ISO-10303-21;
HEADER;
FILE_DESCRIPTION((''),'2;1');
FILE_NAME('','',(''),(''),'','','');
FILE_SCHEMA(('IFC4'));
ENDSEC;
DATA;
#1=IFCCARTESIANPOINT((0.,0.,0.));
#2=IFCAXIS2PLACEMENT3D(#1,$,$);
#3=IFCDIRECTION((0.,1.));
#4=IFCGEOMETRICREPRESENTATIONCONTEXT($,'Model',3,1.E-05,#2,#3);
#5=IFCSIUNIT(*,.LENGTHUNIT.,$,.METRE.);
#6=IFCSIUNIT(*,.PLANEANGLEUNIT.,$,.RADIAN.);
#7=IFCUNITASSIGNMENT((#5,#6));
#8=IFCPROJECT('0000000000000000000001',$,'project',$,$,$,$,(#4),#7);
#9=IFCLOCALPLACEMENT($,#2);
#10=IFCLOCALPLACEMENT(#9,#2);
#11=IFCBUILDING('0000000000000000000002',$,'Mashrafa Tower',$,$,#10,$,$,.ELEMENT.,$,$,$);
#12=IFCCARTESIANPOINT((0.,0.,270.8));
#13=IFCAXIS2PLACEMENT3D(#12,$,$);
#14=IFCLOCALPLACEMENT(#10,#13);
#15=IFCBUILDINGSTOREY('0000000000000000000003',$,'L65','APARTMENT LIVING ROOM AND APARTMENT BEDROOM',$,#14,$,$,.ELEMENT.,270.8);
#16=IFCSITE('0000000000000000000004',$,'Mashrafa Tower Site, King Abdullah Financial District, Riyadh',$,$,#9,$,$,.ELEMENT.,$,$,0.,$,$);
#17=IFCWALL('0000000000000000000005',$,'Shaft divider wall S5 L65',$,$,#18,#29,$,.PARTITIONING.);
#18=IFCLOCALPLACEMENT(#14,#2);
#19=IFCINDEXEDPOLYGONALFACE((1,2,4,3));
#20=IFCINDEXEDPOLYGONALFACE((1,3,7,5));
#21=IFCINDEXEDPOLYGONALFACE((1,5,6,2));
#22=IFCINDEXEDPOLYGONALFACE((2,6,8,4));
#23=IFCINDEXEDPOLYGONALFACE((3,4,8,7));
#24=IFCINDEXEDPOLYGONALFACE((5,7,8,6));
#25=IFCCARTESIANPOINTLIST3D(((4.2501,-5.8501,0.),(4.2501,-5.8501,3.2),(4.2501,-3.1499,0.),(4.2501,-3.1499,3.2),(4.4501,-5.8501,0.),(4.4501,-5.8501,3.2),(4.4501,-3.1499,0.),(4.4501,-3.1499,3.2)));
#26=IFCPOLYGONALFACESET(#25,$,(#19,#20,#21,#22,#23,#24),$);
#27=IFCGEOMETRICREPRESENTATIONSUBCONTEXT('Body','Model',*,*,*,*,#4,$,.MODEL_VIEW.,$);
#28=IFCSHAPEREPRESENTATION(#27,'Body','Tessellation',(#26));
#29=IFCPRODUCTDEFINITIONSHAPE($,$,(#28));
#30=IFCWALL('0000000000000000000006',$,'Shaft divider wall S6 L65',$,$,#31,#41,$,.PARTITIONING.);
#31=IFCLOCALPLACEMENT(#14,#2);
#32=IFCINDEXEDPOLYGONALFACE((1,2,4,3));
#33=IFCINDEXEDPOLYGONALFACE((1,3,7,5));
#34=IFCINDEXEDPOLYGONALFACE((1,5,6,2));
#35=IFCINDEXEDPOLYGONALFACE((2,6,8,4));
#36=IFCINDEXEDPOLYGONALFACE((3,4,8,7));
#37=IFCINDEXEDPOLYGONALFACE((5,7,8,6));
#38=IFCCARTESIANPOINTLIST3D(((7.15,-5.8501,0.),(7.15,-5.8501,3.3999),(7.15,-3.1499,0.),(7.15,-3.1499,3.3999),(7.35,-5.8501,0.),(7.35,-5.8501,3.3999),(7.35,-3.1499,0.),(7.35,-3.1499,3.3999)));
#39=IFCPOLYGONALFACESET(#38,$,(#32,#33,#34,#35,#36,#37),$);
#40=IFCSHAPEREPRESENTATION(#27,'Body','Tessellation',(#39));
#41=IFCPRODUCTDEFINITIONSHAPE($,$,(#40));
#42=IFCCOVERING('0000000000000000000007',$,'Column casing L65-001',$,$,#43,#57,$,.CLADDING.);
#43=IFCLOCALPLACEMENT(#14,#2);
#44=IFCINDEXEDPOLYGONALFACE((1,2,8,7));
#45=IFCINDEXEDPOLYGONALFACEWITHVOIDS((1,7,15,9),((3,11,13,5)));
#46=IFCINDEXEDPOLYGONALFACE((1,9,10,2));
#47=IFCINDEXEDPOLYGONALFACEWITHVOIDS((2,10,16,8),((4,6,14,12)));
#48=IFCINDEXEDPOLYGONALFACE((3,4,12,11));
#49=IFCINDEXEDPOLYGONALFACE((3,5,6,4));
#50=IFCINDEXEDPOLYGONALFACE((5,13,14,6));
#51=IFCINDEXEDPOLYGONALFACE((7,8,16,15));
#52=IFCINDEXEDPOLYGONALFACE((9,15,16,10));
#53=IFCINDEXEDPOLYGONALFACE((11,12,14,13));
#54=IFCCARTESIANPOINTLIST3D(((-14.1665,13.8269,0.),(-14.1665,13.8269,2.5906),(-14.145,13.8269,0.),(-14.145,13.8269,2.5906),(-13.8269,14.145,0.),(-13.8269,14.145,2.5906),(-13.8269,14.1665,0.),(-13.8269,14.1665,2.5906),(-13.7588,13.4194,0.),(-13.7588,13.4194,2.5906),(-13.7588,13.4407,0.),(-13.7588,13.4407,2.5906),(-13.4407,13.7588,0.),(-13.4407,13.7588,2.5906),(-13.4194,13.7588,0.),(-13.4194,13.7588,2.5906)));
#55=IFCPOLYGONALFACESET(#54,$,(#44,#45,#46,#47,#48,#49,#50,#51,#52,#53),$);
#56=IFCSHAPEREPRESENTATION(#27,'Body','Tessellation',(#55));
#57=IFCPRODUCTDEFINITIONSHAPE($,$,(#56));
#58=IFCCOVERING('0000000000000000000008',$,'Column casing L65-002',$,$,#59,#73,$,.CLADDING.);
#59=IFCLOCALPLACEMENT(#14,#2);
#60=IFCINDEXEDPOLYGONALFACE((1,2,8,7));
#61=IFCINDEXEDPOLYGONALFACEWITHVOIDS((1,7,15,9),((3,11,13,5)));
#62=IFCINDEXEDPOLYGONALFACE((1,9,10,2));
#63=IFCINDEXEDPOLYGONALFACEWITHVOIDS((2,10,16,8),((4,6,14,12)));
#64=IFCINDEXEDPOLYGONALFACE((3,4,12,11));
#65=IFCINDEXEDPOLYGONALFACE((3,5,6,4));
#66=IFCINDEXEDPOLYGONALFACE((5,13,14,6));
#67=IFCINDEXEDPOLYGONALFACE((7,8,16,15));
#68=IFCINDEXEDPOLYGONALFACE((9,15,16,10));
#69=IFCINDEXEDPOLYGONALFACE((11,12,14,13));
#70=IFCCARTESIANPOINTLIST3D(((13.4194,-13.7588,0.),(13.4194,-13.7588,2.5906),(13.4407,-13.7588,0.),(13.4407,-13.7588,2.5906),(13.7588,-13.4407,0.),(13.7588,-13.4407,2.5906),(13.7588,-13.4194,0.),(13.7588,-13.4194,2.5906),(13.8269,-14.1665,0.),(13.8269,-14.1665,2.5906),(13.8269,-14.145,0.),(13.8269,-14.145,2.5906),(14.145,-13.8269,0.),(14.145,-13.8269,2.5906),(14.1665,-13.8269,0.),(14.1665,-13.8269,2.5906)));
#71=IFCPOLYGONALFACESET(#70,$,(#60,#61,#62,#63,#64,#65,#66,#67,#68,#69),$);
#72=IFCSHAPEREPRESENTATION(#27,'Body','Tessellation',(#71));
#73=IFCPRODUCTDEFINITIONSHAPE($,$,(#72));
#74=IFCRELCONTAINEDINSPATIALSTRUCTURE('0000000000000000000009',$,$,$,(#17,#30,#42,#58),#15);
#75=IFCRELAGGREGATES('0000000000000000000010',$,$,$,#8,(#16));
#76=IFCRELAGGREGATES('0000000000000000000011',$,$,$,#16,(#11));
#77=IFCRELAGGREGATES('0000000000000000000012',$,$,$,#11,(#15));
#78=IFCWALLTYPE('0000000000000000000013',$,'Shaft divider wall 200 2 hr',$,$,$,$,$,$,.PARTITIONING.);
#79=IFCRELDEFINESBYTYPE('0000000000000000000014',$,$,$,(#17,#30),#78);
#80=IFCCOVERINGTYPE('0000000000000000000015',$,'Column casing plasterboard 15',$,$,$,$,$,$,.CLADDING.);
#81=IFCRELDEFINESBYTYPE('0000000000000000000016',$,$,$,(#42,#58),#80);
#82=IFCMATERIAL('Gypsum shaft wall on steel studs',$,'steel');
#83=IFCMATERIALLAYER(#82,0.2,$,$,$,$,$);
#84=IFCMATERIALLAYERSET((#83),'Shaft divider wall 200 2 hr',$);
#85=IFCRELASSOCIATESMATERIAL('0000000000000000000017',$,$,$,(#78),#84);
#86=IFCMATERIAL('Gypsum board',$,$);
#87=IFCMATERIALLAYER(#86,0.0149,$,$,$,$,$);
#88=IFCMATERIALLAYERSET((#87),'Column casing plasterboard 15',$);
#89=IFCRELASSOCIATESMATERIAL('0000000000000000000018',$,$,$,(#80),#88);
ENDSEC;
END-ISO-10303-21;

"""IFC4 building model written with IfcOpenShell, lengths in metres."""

from ifc_helpers import new_model, si_unit, direction, frame, frame_2d, origin, place, context, subcontext, project, spatial, polyline, rectangle, outline, extrude, material, layer, layer_set, type_object, element, save


model = new_model("IFC4")

# Units and contexts
model_context = context("Model", 3, precision=1e-05, world=origin(), true_north=direction((0.0, 1.0)))
body_context = subcontext(model_context, "Body", "Model", "MODEL_VIEW")
ifc_project = project(units=[si_unit("LENGTHUNIT", "METRE"), si_unit("PLANEANGLEUNIT", "RADIAN")], contexts=[model_context])

# Site, building, storey
site_placement = place(None, origin())
site = spatial("IfcSite", under=ifc_project, at=site_placement, Name="Mashrafa Tower Site, King Abdullah Financial District, Riyadh", CompositionType="ELEMENT", RefElevation=0.0)
building_placement = place(site_placement, origin())
building = spatial("IfcBuilding", under=site, at=building_placement, Name="Mashrafa Tower", CompositionType="ELEMENT")
storey_placement = place(building_placement, frame((0.0, 0.0, 270.8)))
storey = spatial("IfcBuildingStorey", under=building, at=storey_placement, Name="L65", Description="APARTMENT LIVING ROOM AND APARTMENT BEDROOM", CompositionType="ELEMENT", Elevation=270.8)

# Walls
ifc_material_1 = material(Name="Gypsum shaft wall on steel studs", Category="steel")
ifc_layer_1 = layer(ifc_material_1, 0.2)
ifc_layer_set_1 = layer_set([ifc_layer_1], Name="Shaft divider wall 200 2 hr")
wall_type_1 = type_object("IfcWallType", Name="Shaft divider wall 200 2 hr", PredefinedType="PARTITIONING", material=ifc_layer_set_1)
for number, where, z_axis, x_axis, name in (
    (1, (4.3501, -5.8501, 0.0), (0.0, 0.0, 1.0), (0.0, 1.0, 0.0), "Shaft divider wall S5 L65"),
):
    element("IfcWall", number, at=place(storey_placement, frame(where, z_axis=z_axis, x_axis=x_axis)), inside=storey, type_object=wall_type_1, Name=name, PredefinedType="PARTITIONING", context=body_context, shape_type="SweptSolid", body=[
        extrude(rectangle(XDim=2.7002, YDim=0.2, at=frame_2d((1.3501, 0.0))), origin(), (0.0, 0.0, 1.0), 3.2),
    ])
wall_1_placement = place(storey_placement, frame((7.25, -5.8501, 0.0), z_axis=(0.0, 0.0, 1.0), x_axis=(0.0, 1.0, 0.0)))
element("IfcWall", 2, at=wall_1_placement, inside=storey, type_object=wall_type_1, Name="Shaft divider wall S6 L65", PredefinedType="PARTITIONING", context=body_context, shape_type="SweptSolid", body=[
    extrude(rectangle(XDim=2.7002, YDim=0.2, at=frame_2d((1.3501, 0.0))), origin(), (0.0, 0.0, 1.0), 3.3999),
])

# Coverings
ifc_material_2 = material(Name="Gypsum board")
ifc_layer_2 = layer(ifc_material_2, 0.0149)
ifc_layer_set_2 = layer_set([ifc_layer_2], Name="Column casing plasterboard 15")
covering_type = type_object("IfcCoveringType", Name="Column casing plasterboard 15", PredefinedType="CLADDING", material=ifc_layer_set_2)
covering_1_placement = place(storey_placement, origin())
element("IfcCovering", 3, at=covering_1_placement, inside=storey, type_object=covering_type, Name="Column casing L65-001", PredefinedType="CLADDING", context=body_context, shape_type="SweptSolid", body=[
    extrude(outline(polyline([(-14.1665, 13.8269), (-13.8269, 14.1665), (-13.4194, 13.7588), (-13.7588, 13.4194), (-14.1665, 13.8269)]), holes=[polyline([(-13.4407, 13.7588), (-13.8269, 14.145), (-14.145, 13.8269), (-13.7588, 13.4407), (-13.4407, 13.7588)])]), origin(), (0.0, 0.0, 1.0), 2.5906),
])
covering_2_placement = place(storey_placement, origin())
element("IfcCovering", 4, at=covering_2_placement, inside=storey, type_object=covering_type, Name="Column casing L65-002", PredefinedType="CLADDING", context=body_context, shape_type="SweptSolid", body=[
    extrude(outline(polyline([(13.4194, -13.7588), (13.7588, -13.4194), (14.1665, -13.8269), (13.8269, -14.1665), (13.4194, -13.7588)]), holes=[polyline([(14.145, -13.8269), (13.7588, -13.4407), (13.4407, -13.7588), (13.8269, -14.145), (14.145, -13.8269)])]), origin(), (0.0, 0.0, 1.0), 2.5906),
])

save(model, "model.ifc")
